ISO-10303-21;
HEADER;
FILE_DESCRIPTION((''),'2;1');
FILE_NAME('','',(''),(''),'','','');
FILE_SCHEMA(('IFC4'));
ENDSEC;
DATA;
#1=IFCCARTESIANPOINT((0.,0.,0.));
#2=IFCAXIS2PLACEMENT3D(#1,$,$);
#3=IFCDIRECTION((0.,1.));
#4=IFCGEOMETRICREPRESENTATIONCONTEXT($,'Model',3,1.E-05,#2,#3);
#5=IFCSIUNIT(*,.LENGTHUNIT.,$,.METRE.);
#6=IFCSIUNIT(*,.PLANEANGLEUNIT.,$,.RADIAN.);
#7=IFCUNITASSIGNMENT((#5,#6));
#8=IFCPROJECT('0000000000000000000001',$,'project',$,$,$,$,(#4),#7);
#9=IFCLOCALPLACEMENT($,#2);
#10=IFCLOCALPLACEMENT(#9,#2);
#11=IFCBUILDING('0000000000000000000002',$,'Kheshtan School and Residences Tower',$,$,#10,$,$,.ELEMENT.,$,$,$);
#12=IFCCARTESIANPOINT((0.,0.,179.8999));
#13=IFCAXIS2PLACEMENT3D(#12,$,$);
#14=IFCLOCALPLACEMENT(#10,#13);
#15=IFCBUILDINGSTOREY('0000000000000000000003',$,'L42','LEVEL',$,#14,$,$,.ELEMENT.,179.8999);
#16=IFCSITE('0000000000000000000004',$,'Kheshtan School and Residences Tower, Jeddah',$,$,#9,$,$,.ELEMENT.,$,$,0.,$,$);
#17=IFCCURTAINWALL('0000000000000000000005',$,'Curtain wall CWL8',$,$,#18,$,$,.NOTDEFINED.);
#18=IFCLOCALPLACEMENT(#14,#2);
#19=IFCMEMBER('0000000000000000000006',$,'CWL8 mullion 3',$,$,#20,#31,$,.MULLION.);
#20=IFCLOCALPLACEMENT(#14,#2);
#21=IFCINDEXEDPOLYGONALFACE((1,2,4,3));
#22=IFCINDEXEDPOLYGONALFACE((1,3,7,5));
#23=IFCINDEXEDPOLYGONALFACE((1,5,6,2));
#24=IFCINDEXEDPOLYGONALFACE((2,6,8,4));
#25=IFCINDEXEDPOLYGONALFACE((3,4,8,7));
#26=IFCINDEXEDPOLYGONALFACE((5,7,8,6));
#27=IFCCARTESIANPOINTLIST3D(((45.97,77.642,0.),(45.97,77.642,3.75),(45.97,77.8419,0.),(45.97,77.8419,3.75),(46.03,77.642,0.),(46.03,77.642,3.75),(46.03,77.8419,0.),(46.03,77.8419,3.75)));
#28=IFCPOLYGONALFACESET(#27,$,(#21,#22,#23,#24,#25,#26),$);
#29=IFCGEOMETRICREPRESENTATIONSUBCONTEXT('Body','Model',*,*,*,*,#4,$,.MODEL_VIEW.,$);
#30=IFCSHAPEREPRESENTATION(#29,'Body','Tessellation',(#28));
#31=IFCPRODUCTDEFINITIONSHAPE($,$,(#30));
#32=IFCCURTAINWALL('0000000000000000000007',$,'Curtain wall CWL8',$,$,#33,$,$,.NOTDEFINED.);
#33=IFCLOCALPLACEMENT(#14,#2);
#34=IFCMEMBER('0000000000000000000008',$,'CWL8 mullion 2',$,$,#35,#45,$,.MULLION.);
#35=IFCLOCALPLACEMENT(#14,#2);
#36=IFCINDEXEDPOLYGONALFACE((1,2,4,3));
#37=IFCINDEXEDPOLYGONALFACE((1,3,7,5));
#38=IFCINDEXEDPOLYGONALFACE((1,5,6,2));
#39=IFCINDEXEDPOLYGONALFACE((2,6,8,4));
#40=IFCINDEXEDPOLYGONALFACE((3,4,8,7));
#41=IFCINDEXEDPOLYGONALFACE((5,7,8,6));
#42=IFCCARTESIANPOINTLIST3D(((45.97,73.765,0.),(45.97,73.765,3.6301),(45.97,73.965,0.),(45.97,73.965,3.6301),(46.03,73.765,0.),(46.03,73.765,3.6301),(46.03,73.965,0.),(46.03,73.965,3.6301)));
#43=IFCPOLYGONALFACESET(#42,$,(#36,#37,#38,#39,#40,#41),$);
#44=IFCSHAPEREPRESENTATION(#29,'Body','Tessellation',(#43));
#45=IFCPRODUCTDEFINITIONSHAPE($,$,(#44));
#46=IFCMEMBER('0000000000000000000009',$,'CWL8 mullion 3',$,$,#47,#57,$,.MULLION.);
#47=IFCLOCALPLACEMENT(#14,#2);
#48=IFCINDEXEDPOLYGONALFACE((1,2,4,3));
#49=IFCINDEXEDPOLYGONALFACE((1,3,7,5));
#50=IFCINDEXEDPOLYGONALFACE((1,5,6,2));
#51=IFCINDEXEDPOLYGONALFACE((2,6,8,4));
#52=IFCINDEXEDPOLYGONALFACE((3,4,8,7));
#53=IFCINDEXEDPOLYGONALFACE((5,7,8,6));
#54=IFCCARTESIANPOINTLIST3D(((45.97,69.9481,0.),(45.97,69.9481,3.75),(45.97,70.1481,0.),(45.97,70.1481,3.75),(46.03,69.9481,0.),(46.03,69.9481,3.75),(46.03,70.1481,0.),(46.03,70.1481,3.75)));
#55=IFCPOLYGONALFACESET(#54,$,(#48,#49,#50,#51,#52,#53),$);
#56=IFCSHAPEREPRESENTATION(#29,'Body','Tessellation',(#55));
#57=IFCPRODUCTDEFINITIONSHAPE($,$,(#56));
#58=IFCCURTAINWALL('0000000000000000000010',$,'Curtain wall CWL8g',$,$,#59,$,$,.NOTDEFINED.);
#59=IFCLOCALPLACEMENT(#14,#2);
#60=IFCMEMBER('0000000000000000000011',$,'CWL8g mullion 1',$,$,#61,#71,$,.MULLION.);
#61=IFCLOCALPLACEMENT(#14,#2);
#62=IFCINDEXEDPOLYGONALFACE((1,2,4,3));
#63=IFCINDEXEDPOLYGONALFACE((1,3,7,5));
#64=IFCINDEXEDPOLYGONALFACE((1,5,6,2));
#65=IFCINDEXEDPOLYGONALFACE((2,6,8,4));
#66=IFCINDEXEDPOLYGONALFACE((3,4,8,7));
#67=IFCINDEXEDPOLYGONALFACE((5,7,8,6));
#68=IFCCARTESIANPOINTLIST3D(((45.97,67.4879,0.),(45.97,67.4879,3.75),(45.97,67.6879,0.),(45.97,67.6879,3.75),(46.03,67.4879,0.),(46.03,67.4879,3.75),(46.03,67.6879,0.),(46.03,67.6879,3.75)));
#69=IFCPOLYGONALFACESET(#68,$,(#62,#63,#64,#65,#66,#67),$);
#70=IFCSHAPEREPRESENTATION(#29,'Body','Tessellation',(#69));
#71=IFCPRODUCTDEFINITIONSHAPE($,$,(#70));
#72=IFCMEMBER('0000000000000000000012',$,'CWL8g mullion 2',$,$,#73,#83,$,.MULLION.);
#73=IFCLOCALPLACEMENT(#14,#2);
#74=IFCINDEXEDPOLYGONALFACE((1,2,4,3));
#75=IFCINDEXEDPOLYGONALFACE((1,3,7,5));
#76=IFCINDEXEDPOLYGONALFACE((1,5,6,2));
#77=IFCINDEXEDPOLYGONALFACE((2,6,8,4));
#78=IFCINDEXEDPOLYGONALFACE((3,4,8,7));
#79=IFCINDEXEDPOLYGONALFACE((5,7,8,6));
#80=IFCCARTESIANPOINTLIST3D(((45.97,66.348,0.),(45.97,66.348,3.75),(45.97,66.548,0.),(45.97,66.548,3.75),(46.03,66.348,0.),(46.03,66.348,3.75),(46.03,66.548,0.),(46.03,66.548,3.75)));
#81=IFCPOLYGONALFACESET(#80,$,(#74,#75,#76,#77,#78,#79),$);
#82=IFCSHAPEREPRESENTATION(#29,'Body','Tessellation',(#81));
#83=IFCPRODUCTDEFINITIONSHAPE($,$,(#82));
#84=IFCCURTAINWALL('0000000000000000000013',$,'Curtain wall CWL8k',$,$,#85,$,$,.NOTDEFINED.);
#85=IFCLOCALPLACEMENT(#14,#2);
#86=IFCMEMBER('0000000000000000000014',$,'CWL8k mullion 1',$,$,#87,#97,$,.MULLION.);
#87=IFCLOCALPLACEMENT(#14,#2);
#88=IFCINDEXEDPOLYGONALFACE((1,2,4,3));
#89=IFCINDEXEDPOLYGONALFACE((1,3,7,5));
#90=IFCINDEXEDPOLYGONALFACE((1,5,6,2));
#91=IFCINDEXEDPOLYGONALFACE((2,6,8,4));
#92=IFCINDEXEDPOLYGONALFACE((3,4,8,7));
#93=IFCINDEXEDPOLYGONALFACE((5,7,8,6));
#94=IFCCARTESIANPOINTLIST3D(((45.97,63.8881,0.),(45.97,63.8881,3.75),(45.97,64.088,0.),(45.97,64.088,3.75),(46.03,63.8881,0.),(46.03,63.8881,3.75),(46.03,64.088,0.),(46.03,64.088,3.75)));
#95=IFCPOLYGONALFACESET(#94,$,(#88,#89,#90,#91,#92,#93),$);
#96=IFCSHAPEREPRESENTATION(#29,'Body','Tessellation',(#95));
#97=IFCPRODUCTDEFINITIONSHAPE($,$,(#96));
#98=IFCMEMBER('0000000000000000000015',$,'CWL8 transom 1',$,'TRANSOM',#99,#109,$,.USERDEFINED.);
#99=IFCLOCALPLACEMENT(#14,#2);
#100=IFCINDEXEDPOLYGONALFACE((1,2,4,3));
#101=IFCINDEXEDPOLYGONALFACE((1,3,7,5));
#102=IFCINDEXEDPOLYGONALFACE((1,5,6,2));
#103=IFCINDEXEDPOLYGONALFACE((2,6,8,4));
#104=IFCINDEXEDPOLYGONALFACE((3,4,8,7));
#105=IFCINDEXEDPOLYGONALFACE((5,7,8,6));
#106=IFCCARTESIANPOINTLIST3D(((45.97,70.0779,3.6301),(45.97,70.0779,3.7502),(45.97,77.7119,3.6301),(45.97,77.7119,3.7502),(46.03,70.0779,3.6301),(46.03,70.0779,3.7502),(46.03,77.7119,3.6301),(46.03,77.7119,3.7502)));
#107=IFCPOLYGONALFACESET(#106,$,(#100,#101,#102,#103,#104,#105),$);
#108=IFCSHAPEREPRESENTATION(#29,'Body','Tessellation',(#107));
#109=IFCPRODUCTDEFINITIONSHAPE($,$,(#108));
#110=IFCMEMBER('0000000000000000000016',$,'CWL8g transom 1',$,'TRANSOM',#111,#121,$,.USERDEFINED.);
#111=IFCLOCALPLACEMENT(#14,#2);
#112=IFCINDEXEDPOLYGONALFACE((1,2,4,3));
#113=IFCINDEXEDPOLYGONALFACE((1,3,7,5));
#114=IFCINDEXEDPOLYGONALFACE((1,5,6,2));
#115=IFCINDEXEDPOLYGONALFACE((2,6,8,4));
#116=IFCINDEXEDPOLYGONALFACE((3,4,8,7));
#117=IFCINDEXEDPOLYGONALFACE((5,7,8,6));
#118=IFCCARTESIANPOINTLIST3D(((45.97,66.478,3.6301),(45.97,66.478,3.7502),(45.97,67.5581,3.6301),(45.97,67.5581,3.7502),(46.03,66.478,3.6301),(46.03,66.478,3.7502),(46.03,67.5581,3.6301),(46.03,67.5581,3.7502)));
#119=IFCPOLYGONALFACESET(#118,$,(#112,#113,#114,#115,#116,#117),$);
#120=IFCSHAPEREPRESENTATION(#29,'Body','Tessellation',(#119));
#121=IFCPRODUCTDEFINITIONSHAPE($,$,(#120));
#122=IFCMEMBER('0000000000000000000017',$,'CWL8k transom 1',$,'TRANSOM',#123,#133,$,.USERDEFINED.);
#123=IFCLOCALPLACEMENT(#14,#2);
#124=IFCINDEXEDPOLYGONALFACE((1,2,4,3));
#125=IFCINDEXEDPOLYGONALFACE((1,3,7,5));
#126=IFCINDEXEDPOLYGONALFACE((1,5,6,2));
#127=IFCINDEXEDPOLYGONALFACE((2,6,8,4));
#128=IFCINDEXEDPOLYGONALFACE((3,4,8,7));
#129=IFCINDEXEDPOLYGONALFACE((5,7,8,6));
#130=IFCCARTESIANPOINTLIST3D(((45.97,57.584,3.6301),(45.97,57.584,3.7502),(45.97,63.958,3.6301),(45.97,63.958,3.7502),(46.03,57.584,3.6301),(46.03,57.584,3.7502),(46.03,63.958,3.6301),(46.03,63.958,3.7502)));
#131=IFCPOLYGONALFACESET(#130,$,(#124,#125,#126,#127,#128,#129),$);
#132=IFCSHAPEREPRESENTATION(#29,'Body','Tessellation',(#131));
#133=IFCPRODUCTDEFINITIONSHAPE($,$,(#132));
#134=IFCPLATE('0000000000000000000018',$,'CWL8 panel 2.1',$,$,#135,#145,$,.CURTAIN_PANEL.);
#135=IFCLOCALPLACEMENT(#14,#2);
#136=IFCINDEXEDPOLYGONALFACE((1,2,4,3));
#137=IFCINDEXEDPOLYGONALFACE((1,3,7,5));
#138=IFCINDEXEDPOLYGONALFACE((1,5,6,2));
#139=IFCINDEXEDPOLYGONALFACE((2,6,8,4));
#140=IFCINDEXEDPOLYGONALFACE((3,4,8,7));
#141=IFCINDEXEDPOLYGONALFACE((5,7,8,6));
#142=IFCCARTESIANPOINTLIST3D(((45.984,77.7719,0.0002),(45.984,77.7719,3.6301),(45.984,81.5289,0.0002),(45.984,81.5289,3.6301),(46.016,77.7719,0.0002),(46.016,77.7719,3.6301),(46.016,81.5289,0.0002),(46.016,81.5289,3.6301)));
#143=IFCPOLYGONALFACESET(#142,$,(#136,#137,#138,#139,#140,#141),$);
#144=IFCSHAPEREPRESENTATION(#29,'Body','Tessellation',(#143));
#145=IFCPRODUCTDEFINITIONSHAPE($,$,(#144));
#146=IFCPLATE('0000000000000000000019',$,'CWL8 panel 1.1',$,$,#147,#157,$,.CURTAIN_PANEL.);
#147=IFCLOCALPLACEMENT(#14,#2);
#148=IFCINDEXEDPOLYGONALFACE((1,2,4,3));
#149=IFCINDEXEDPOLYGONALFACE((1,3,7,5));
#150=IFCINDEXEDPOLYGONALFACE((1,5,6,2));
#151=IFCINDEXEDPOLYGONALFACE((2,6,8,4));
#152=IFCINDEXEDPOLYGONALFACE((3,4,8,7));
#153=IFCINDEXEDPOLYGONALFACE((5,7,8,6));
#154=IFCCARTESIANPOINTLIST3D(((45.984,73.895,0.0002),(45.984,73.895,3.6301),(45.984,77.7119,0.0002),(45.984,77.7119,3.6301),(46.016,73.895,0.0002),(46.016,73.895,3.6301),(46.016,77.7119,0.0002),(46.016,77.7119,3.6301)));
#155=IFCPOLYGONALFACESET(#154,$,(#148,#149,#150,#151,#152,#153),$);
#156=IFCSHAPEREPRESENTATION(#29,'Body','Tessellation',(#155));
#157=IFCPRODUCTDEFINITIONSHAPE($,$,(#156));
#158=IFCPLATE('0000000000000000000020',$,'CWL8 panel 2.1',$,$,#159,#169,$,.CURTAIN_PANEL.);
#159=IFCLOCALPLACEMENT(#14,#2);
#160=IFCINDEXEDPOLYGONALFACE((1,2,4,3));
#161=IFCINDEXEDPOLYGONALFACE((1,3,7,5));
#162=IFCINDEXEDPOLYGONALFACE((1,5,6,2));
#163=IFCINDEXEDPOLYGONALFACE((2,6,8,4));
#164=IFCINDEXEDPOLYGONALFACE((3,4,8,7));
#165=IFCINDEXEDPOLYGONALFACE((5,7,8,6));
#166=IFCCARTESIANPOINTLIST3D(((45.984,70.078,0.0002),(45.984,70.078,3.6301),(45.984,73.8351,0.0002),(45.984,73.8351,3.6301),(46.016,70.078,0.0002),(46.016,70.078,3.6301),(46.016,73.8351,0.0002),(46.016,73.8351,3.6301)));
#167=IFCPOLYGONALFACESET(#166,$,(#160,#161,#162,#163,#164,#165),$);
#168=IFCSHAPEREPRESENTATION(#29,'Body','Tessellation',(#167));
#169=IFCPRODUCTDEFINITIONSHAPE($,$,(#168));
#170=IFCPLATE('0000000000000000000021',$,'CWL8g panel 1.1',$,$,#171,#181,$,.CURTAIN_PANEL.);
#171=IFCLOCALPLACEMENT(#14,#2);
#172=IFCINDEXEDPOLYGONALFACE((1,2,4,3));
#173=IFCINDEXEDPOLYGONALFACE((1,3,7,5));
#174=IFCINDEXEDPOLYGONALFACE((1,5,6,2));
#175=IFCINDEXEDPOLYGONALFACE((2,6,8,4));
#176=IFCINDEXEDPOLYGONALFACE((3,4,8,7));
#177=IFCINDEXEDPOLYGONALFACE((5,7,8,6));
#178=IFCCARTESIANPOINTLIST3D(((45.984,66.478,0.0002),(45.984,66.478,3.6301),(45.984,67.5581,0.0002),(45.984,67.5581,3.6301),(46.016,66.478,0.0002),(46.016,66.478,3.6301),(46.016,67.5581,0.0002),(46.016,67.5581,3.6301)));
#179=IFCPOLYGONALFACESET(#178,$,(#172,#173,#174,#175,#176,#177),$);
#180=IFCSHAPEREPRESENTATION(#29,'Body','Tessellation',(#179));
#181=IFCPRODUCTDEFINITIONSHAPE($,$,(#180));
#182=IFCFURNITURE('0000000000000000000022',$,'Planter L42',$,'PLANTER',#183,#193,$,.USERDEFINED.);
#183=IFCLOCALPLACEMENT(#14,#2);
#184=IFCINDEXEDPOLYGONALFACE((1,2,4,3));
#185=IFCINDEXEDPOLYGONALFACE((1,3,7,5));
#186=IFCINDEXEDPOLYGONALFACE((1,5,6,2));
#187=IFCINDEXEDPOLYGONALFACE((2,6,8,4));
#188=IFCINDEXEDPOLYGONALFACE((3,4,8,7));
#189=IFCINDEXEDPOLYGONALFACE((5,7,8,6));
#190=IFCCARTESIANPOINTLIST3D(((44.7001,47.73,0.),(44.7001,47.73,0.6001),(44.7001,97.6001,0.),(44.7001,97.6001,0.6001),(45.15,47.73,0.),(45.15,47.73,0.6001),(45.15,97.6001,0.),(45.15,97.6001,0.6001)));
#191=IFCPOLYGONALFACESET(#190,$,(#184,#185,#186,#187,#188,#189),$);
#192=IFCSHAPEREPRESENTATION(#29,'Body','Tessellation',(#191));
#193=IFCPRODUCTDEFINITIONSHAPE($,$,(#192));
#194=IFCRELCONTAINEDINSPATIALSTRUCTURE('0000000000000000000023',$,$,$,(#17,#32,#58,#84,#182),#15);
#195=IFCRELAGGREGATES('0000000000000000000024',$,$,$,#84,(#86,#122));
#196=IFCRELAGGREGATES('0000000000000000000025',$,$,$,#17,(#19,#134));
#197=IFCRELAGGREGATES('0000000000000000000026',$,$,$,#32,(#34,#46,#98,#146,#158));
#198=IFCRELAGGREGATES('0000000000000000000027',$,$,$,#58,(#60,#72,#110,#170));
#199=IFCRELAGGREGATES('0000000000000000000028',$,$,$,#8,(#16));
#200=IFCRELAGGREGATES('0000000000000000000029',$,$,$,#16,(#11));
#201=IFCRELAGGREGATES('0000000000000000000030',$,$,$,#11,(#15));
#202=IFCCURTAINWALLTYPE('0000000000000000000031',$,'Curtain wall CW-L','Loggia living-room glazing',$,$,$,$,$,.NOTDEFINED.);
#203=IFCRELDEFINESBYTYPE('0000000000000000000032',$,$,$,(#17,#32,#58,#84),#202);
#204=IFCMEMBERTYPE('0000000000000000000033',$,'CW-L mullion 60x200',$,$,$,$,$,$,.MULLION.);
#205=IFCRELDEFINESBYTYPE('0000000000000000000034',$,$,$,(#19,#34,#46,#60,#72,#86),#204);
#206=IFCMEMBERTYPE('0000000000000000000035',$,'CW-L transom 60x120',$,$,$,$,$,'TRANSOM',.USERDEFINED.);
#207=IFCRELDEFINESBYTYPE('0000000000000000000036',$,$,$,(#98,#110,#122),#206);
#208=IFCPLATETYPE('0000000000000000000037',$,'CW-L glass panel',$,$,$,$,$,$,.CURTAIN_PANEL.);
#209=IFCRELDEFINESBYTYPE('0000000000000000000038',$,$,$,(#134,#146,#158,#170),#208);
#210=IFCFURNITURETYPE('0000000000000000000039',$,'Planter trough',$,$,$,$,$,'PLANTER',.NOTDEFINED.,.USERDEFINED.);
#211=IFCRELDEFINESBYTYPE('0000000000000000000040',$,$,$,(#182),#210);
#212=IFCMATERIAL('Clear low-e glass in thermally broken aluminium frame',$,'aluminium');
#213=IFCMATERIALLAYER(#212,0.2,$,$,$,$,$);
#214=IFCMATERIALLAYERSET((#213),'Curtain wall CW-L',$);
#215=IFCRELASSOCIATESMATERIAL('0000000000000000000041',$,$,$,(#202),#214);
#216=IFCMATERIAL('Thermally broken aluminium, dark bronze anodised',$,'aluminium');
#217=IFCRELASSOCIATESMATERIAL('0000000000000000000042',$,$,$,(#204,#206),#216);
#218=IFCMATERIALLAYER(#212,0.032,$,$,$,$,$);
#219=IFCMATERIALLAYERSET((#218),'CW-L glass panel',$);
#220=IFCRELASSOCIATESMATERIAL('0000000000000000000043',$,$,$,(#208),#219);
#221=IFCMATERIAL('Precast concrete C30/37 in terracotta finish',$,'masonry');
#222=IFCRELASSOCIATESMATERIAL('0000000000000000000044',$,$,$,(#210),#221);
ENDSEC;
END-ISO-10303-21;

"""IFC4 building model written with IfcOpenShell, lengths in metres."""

from ifc_helpers import new_model, si_unit, direction, frame, origin, origin_2d, place, context, subcontext, project, spatial, rectangle, extrude, material, layer, layer_set, material_profile, profile_set, type_object, element, aggregate, save


model = new_model("IFC4")

# Units and contexts
model_context = context("Model", 3, precision=1e-05, world=origin(), true_north=direction((0.0, 1.0)))
body_context = subcontext(model_context, "Body", "Model", "MODEL_VIEW")
ifc_project = project(units=[si_unit("LENGTHUNIT", "METRE"), si_unit("PLANEANGLEUNIT", "RADIAN")], contexts=[model_context])

# Site, building, storey
site_placement = place(None, origin())
site = spatial("IfcSite", under=ifc_project, at=site_placement, Name="Kheshtan School and Residences Tower, Jeddah", CompositionType="ELEMENT", RefElevation=0.0)
building_placement = place(site_placement, origin())
building = spatial("IfcBuilding", under=site, at=building_placement, Name="Kheshtan School and Residences Tower", CompositionType="ELEMENT")
storey_placement = place(building_placement, frame((0.0, 0.0, 179.8999)))
storey = spatial("IfcBuildingStorey", under=building, at=storey_placement, Name="L42", Description="LEVEL", CompositionType="ELEMENT", Elevation=179.8999)

# Curtain wall, member
ifc_material_1 = material(Name="Clear low-e glass in thermally broken aluminium frame", Category="aluminium")
ifc_layer_1 = layer(ifc_material_1, 0.2)
ifc_layer_set_1 = layer_set([ifc_layer_1], Name="Curtain wall CW-L")
curtain_wall_type = type_object("IfcCurtainWallType", Name="Curtain wall CW-L", Description="Loggia living-room glazing", PredefinedType="NOTDEFINED", material=ifc_layer_set_1)
curtain_wall_1_placement = place(storey_placement, origin())
curtain_wall_1 = element("IfcCurtainWall", 1, at=curtain_wall_1_placement, inside=storey, type_object=curtain_wall_type, Name="Curtain wall CWL8", PredefinedType="NOTDEFINED")
ifc_material_2 = material(Name="Thermally broken aluminium, dark bronze anodised", Category="aluminium")
ifc_material_profile_1 = material_profile(ifc_material_2, rectangle(XDim=0.0601, YDim=0.2, at=origin_2d()), Name="CW-L mullion 60x200")
ifc_profile_set_1 = profile_set([ifc_material_profile_1], Name="Thermally broken aluminium, dark bronze anodised")
member_type_1 = type_object("IfcMemberType", Name="CW-L mullion 60x200", PredefinedType="MULLION", material=ifc_profile_set_1)
member_1_placement = place(storey_placement, frame((46.0, 77.7419, 0.0), z_axis=(0.0, 0.0, 1.0), x_axis=(1.0, 0.0, 0.0)))
member_1 = element("IfcMember", 2, at=member_1_placement, type_object=member_type_1, Name="CWL8 mullion 3", PredefinedType="MULLION", context=body_context, shape_type="SweptSolid", body=[
    extrude(rectangle(XDim=0.0601, YDim=0.2, at=origin_2d()), origin(), (0.0, 0.0, 1.0), 3.75),
])

# Curtain walls, members
curtain_wall_2_placement = place(storey_placement, origin())
curtain_wall_2 = element("IfcCurtainWall", 3, at=curtain_wall_2_placement, inside=storey, type_object=curtain_wall_type, Name="Curtain wall CWL8", PredefinedType="NOTDEFINED")
member_2_placement = place(storey_placement, frame((46.0, 73.865, 0.0), z_axis=(0.0, 0.0, 1.0), x_axis=(1.0, 0.0, 0.0)))
member_2 = element("IfcMember", 4, at=member_2_placement, type_object=member_type_1, Name="CWL8 mullion 2", PredefinedType="MULLION", context=body_context, shape_type="SweptSolid", body=[
    extrude(rectangle(XDim=0.0601, YDim=0.2, at=origin_2d()), origin(), (0.0, 0.0, 1.0), 3.6301),
])
member_3_placement = place(storey_placement, frame((46.0, 70.0481, 0.0), z_axis=(0.0, 0.0, 1.0), x_axis=(1.0, 0.0, 0.0)))
member_3 = element("IfcMember", 5, at=member_3_placement, type_object=member_type_1, Name="CWL8 mullion 3", PredefinedType="MULLION", context=body_context, shape_type="SweptSolid", body=[
    extrude(rectangle(XDim=0.0601, YDim=0.2, at=origin_2d()), origin(), (0.0, 0.0, 1.0), 3.75),
])
curtain_wall_3_placement = place(storey_placement, origin())
curtain_wall_3 = element("IfcCurtainWall", 6, at=curtain_wall_3_placement, inside=storey, type_object=curtain_wall_type, Name="Curtain wall CWL8g", PredefinedType="NOTDEFINED")
member_4_placement = place(storey_placement, frame((46.0, 67.5879, 0.0), z_axis=(0.0, 0.0, 1.0), x_axis=(1.0, 0.0, 0.0)))
member_4 = element("IfcMember", 7, at=member_4_placement, type_object=member_type_1, Name="CWL8g mullion 1", PredefinedType="MULLION", context=body_context, shape_type="SweptSolid", body=[
    extrude(rectangle(XDim=0.0601, YDim=0.2, at=origin_2d()), origin(), (0.0, 0.0, 1.0), 3.75),
])
member_5_placement = place(storey_placement, frame((46.0, 66.448, 0.0), z_axis=(0.0, 0.0, 1.0), x_axis=(1.0, 0.0, 0.0)))
member_5 = element("IfcMember", 8, at=member_5_placement, type_object=member_type_1, Name="CWL8g mullion 2", PredefinedType="MULLION", context=body_context, shape_type="SweptSolid", body=[
    extrude(rectangle(XDim=0.0601, YDim=0.2, at=origin_2d()), origin(), (0.0, 0.0, 1.0), 3.75),
])

# Curtain wall, member
curtain_wall_4_placement = place(storey_placement, origin())
curtain_wall_4 = element("IfcCurtainWall", 9, at=curtain_wall_4_placement, inside=storey, type_object=curtain_wall_type, Name="Curtain wall CWL8k", PredefinedType="NOTDEFINED")
member_6_placement = place(storey_placement, frame((46.0, 63.988, 0.0), z_axis=(0.0, 0.0, 1.0), x_axis=(1.0, 0.0, 0.0)))
member_6 = element("IfcMember", 10, at=member_6_placement, type_object=member_type_1, Name="CWL8k mullion 1", PredefinedType="MULLION", context=body_context, shape_type="SweptSolid", body=[
    extrude(rectangle(XDim=0.0601, YDim=0.2, at=origin_2d()), origin(), (0.0, 0.0, 1.0), 3.75),
])

# Members
ifc_material_profile_2 = material_profile(ifc_material_2, rectangle(XDim=0.0601, YDim=0.1201, at=origin_2d()), Name="CW-L transom 60x120")
ifc_profile_set_2 = profile_set([ifc_material_profile_2], Name="Thermally broken aluminium, dark bronze anodised")
member_type_2 = type_object("IfcMemberType", Name="CW-L transom 60x120", ElementType="TRANSOM", PredefinedType="USERDEFINED", material=ifc_profile_set_2)
member_7_placement = place(storey_placement, frame((46.0, 77.7119, 3.6902), z_axis=(0.0, -1.0, 0.0), x_axis=(1.0, 0.0, 0.0)))
member_7 = element("IfcMember", 11, at=member_7_placement, type_object=member_type_2, Name="CWL8 transom 1", ObjectType="TRANSOM", PredefinedType="USERDEFINED", context=body_context, shape_type="SweptSolid", body=[
    extrude(rectangle(XDim=0.0601, YDim=0.1201, at=origin_2d()), origin(), (0.0, 0.0, 1.0), 7.634),
])
member_8_placement = place(storey_placement, frame((46.0, 67.5581, 3.6902), z_axis=(0.0, -1.0, 0.0), x_axis=(1.0, 0.0, 0.0)))
member_8 = element("IfcMember", 12, at=member_8_placement, type_object=member_type_2, Name="CWL8g transom 1", ObjectType="TRANSOM", PredefinedType="USERDEFINED", context=body_context, shape_type="SweptSolid", body=[
    extrude(rectangle(XDim=0.0601, YDim=0.1201, at=origin_2d()), origin(), (0.0, 0.0, 1.0), 1.0801),
])
member_9_placement = place(storey_placement, frame((46.0, 63.958, 3.6902), z_axis=(0.0, -1.0, 0.0), x_axis=(1.0, 0.0, 0.0)))
member_9 = element("IfcMember", 13, at=member_9_placement, type_object=member_type_2, Name="CWL8k transom 1", ObjectType="TRANSOM", PredefinedType="USERDEFINED", context=body_context, shape_type="SweptSolid", body=[
    extrude(rectangle(XDim=0.0601, YDim=0.1201, at=origin_2d()), origin(), (0.0, 0.0, 1.0), 6.374),
])
aggregate(curtain_wall_4, [member_6, member_9])

# Plates
ifc_layer_2 = layer(ifc_material_1, 0.032)
ifc_layer_set_2 = layer_set([ifc_layer_2], Name="CW-L glass panel")
plate_type = type_object("IfcPlateType", Name="CW-L glass panel", PredefinedType="CURTAIN_PANEL", material=ifc_layer_set_2)
plate_1_placement = place(storey_placement, frame((46.0, 79.6504, 0.0002), z_axis=(0.0, 0.0, 1.0), x_axis=(0.0, -1.0, 0.0)))
plate_1 = element("IfcPlate", 14, at=plate_1_placement, type_object=plate_type, Name="CWL8 panel 2.1", PredefinedType="CURTAIN_PANEL", context=body_context, shape_type="SweptSolid", body=[
    extrude(rectangle(XDim=3.7571, YDim=0.032, at=origin_2d()), origin(), (0.0, 0.0, 1.0), 3.6299),
])
aggregate(curtain_wall_1, [member_1, plate_1])
plate_2_placement = place(storey_placement, frame((46.0, 75.8035, 0.0002), z_axis=(0.0, 0.0, 1.0), x_axis=(0.0, -1.0, 0.0)))
plate_2 = element("IfcPlate", 15, at=plate_2_placement, type_object=plate_type, Name="CWL8 panel 1.1", PredefinedType="CURTAIN_PANEL", context=body_context, shape_type="SweptSolid", body=[
    extrude(rectangle(XDim=3.8169, YDim=0.032, at=origin_2d()), origin(), (0.0, 0.0, 1.0), 3.6299),
])
plate_3_placement = place(storey_placement, frame((46.0, 71.9565, 0.0002), z_axis=(0.0, 0.0, 1.0), x_axis=(0.0, -1.0, 0.0)))
plate_3 = element("IfcPlate", 16, at=plate_3_placement, type_object=plate_type, Name="CWL8 panel 2.1", PredefinedType="CURTAIN_PANEL", context=body_context, shape_type="SweptSolid", body=[
    extrude(rectangle(XDim=3.7571, YDim=0.032, at=origin_2d()), origin(), (0.0, 0.0, 1.0), 3.6299),
])
aggregate(curtain_wall_2, [member_2, member_3, member_7, plate_2, plate_3])
plate_4_placement = place(storey_placement, frame((46.0, 67.0181, 0.0002), z_axis=(0.0, 0.0, 1.0), x_axis=(0.0, -1.0, 0.0)))
plate_4 = element("IfcPlate", 17, at=plate_4_placement, type_object=plate_type, Name="CWL8g panel 1.1", PredefinedType="CURTAIN_PANEL", context=body_context, shape_type="SweptSolid", body=[
    extrude(rectangle(XDim=1.0801, YDim=0.032, at=origin_2d()), origin(), (0.0, 0.0, 1.0), 3.6299),
])
aggregate(curtain_wall_3, [member_4, member_5, member_8, plate_4])

# Furniture
ifc_material_3 = material(Name="Precast concrete C30/37 in terracotta finish", Category="masonry")
furniture_type = type_object("IfcFurnitureType", Name="Planter trough", ElementType="PLANTER", AssemblyPlace="NOTDEFINED", PredefinedType="USERDEFINED", material=ifc_material_3)
furniture_placement = place(storey_placement, frame((44.925, 72.665, 0.0), z_axis=(0.0, 0.0, 1.0), x_axis=(0.0, -1.0, 0.0)))
element("IfcFurniture", 18, at=furniture_placement, inside=storey, type_object=furniture_type, Name="Planter L42", ObjectType="PLANTER", PredefinedType="USERDEFINED", context=body_context, shape_type="SweptSolid", body=[
    extrude(rectangle(XDim=49.8701, YDim=0.45, at=origin_2d()), origin(), (0.0, 0.0, 1.0), 0.6001),
])

save(model, "model.ifc")
